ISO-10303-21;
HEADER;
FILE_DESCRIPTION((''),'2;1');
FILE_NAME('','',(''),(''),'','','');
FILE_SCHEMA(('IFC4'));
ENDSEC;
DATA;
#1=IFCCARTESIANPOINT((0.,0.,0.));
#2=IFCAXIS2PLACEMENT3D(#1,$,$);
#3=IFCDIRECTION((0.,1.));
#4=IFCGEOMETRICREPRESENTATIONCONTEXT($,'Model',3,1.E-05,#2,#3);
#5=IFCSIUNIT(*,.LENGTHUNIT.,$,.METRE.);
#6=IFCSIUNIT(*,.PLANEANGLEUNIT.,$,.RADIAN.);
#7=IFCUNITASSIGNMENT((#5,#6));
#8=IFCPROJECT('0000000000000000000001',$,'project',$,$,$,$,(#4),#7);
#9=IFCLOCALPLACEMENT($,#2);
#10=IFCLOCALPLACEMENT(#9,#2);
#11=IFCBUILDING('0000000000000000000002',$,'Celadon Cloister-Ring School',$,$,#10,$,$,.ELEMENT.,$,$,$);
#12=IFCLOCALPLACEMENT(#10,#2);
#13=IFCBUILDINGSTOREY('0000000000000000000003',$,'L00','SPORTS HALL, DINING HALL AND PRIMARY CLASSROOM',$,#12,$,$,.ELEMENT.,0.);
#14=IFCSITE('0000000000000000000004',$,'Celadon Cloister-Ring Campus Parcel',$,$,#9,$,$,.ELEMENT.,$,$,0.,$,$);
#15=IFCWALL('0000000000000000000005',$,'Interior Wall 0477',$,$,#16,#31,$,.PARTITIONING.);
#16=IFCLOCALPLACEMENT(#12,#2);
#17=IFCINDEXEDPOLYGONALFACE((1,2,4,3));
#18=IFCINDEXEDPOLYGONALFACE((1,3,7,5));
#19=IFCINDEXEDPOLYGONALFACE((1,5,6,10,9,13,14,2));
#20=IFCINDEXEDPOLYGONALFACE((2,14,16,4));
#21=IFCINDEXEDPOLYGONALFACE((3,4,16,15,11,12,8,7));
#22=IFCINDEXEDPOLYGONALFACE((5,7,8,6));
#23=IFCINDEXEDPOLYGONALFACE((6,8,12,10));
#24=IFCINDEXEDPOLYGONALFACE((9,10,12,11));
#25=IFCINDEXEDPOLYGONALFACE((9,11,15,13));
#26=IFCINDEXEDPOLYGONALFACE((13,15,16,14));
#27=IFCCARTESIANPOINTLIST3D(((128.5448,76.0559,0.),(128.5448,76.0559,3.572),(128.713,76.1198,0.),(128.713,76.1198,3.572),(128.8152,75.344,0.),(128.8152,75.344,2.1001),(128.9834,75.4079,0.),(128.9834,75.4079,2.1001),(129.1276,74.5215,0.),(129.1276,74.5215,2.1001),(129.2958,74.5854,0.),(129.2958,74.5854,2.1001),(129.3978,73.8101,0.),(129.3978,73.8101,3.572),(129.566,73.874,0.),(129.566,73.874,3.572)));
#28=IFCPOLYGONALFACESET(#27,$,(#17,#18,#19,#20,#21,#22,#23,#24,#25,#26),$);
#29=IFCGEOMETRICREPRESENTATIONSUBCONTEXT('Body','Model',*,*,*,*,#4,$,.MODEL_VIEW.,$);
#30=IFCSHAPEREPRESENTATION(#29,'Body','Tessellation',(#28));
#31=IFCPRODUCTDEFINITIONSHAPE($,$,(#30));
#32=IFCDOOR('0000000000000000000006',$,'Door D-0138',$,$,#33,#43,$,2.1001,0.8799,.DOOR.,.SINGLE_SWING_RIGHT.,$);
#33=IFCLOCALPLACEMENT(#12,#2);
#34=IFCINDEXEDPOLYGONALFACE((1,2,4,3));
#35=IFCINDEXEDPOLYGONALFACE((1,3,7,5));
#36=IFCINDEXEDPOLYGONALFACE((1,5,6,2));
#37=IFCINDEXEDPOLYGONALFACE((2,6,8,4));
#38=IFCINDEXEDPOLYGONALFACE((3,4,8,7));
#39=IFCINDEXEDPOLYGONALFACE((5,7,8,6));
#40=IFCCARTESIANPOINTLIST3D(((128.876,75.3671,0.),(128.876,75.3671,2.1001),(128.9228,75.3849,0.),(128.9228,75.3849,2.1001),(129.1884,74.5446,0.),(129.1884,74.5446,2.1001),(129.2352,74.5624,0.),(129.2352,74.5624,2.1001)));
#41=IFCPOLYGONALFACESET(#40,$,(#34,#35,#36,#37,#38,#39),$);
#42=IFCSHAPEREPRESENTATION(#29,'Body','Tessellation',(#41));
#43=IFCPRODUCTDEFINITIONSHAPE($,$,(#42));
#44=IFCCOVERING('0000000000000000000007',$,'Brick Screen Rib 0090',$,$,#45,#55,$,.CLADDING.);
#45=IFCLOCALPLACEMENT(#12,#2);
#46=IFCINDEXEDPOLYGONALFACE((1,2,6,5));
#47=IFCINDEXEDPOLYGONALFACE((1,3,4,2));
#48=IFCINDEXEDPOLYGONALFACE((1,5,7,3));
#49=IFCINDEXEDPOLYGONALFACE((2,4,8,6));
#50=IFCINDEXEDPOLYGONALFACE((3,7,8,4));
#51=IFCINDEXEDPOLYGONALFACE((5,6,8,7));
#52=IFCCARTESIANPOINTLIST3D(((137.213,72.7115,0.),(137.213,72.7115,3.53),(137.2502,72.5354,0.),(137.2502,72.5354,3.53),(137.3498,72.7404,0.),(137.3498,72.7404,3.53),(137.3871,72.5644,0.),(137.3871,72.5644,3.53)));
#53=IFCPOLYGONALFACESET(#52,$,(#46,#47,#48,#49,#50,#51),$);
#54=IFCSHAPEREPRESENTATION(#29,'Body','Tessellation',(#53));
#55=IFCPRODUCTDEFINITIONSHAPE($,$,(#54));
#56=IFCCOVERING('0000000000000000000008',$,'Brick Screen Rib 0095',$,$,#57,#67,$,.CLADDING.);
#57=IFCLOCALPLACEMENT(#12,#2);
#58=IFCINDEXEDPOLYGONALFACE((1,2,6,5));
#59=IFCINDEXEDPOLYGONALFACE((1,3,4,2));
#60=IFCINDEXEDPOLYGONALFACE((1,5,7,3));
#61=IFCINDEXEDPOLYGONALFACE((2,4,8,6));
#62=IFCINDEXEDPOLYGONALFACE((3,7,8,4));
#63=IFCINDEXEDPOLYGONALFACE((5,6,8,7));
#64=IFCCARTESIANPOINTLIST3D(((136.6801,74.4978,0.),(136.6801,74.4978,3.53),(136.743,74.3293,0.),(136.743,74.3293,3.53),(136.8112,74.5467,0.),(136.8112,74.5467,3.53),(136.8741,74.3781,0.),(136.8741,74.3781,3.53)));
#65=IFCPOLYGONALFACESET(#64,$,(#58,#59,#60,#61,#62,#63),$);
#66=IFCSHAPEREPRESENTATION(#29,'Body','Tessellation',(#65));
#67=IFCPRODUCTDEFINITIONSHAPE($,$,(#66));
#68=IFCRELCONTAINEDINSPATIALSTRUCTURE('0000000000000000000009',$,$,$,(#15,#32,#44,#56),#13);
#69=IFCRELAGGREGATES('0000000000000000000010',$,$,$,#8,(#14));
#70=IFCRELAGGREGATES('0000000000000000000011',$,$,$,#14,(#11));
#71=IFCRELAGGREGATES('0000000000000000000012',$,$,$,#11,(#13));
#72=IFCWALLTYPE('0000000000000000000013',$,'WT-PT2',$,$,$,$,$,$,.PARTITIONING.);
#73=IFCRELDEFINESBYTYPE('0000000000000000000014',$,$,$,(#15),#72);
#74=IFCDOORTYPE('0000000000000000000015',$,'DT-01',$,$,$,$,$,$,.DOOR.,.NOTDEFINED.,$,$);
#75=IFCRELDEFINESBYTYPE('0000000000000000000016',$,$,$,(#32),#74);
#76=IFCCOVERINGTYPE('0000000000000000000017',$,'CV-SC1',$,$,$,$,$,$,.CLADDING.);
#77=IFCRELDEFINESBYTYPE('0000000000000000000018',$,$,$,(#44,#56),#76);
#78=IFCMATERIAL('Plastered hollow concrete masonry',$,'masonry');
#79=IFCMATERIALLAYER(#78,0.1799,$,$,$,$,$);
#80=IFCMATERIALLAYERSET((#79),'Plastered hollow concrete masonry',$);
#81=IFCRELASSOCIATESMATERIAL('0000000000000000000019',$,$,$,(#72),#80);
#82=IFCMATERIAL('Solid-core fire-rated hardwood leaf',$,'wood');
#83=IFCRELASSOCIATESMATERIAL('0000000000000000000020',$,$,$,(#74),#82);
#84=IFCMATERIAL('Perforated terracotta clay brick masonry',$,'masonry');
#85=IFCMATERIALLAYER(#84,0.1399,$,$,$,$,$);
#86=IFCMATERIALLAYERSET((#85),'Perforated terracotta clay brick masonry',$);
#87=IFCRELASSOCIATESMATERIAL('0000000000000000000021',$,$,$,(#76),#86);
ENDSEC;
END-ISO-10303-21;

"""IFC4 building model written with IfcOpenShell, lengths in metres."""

from ifc_helpers import new_model, si_unit, direction, frame, frame_2d, origin, origin_2d, place, context, subcontext, project, spatial, rectangle, extrude, material, layer, layer_set, type_object, element, fill, save


model = new_model("IFC4")

# Units and contexts
model_context = context("Model", 3, precision=1e-05, world=origin(), true_north=direction((0.0, 1.0)))
body_context = subcontext(model_context, "Body", "Model", "MODEL_VIEW")
ifc_project = project(units=[si_unit("LENGTHUNIT", "METRE"), si_unit("PLANEANGLEUNIT", "RADIAN")], contexts=[model_context])

# Site, building, storey
site_placement = place(None, origin())
site = spatial("IfcSite", under=ifc_project, at=site_placement, Name="Celadon Cloister-Ring Campus Parcel", CompositionType="ELEMENT", RefElevation=0.0)
building_placement = place(site_placement, origin())
building = spatial("IfcBuilding", under=site, at=building_placement, Name="Celadon Cloister-Ring School", CompositionType="ELEMENT")
storey_placement = place(building_placement, origin())
storey = spatial("IfcBuildingStorey", under=building, at=storey_placement, Name="L00", Description="SPORTS HALL, DINING HALL AND PRIMARY CLASSROOM", CompositionType="ELEMENT", Elevation=0.0)

# Shared definitions
ifc_material_1 = material(Name="Plastered hollow concrete masonry", Category="masonry")
ifc_layer_1 = layer(ifc_material_1, 0.1799)
ifc_layer_set_1 = layer_set([ifc_layer_1], Name="Plastered hollow concrete masonry")
wall_type_1 = type_object("IfcWallType", Name="WT-PT2", PredefinedType="PARTITIONING", material=ifc_layer_set_1)

# Wall, opening, door
ifc_material_2 = material(Name="Solid-core fire-rated hardwood leaf", Category="wood")
door_type = type_object("IfcDoorType", Name="DT-01", OperationType="NOTDEFINED", PredefinedType="DOOR", material=ifc_material_2)
wall_1_placement = place(storey_placement, frame((129.4819, 73.842, 0.0), z_axis=(0.0, 0.0, 1.0), x_axis=(-0.355074, 0.934838, 0.0)))
wall_1 = element("IfcWall", 1, at=wall_1_placement, inside=storey, type_object=wall_type_1, Name="Interior Wall 0477", PredefinedType="PARTITIONING", context=body_context, shape_type="SweptSolid", body=[
    extrude(rectangle(XDim=2.4023, YDim=0.1799, at=frame_2d((1.2012, 0.0))), origin(), (0.0, 0.0, 1.0), 3.572),
])
opening_1_placement = place(wall_1_placement, frame((0.761, 0.0, 0.0)))
opening_1 = element("IfcOpeningElement", 2, at=opening_1_placement, cuts=wall_1, PredefinedType="OPENING", context=body_context, shape_type="SweptSolid", body=[
    extrude(rectangle(XDim=0.8799, YDim=2.1001, at=frame_2d((0.4399, 1.05))), frame((0.0, 0.1001, 0.0), z_axis=(0.0, -1.0, 0.0), x_axis=(1.0, 0.0, 0.0)), (0.0, 0.0, 1.0), 0.2),
])
door_1_placement = place(opening_1_placement, origin())
door_1 = element("IfcDoor", 3, at=door_1_placement, inside=storey, type_object=door_type, Name="Door D-0138", OperationType="SINGLE_SWING_RIGHT", OverallHeight=2.1001, OverallWidth=0.8799, PredefinedType="DOOR", context=body_context, shape_type="SweptSolid", body=[
    extrude(rectangle(XDim=0.8799, YDim=2.1001, at=frame_2d((0.4399, 1.05))), frame((0.0, 0.0249, 0.0), z_axis=(0.0, -1.0, 0.0), x_axis=(1.0, 0.0, 0.0)), (0.0, 0.0, 1.0), 0.05),
])
fill(opening_1, door_1)

# Coverings
ifc_material_3 = material(Name="Perforated terracotta clay brick masonry", Category="masonry")
ifc_layer_2 = layer(ifc_material_3, 0.1399)
ifc_layer_set_2 = layer_set([ifc_layer_2], Name="Perforated terracotta clay brick masonry")
covering_type = type_object("IfcCoveringType", Name="CV-SC1", PredefinedType="CLADDING", material=ifc_layer_set_2)
for number, where, z_axis, x_axis, name in (
    (4, (137.3, 72.6379, 0.0), (0.0, 0.0, 1.0), (0.207075, -0.978325, 0.0), "Brick Screen Rib 0090"),
    (5, (136.7771, 74.438, 0.0), (0.0, 0.0, 1.0), (0.349439, -0.936959, 0.0), "Brick Screen Rib 0095"),
):
    element("IfcCovering", number, at=place(storey_placement, frame(where, z_axis=z_axis, x_axis=x_axis)), inside=storey, type_object=covering_type, Name=name, PredefinedType="CLADDING", context=body_context, shape_type="SweptSolid", body=[
        extrude(rectangle(XDim=0.1799, YDim=0.1399, at=origin_2d()), origin(), (0.0, 0.0, 1.0), 3.53),
    ])

save(model, "model.ifc")
